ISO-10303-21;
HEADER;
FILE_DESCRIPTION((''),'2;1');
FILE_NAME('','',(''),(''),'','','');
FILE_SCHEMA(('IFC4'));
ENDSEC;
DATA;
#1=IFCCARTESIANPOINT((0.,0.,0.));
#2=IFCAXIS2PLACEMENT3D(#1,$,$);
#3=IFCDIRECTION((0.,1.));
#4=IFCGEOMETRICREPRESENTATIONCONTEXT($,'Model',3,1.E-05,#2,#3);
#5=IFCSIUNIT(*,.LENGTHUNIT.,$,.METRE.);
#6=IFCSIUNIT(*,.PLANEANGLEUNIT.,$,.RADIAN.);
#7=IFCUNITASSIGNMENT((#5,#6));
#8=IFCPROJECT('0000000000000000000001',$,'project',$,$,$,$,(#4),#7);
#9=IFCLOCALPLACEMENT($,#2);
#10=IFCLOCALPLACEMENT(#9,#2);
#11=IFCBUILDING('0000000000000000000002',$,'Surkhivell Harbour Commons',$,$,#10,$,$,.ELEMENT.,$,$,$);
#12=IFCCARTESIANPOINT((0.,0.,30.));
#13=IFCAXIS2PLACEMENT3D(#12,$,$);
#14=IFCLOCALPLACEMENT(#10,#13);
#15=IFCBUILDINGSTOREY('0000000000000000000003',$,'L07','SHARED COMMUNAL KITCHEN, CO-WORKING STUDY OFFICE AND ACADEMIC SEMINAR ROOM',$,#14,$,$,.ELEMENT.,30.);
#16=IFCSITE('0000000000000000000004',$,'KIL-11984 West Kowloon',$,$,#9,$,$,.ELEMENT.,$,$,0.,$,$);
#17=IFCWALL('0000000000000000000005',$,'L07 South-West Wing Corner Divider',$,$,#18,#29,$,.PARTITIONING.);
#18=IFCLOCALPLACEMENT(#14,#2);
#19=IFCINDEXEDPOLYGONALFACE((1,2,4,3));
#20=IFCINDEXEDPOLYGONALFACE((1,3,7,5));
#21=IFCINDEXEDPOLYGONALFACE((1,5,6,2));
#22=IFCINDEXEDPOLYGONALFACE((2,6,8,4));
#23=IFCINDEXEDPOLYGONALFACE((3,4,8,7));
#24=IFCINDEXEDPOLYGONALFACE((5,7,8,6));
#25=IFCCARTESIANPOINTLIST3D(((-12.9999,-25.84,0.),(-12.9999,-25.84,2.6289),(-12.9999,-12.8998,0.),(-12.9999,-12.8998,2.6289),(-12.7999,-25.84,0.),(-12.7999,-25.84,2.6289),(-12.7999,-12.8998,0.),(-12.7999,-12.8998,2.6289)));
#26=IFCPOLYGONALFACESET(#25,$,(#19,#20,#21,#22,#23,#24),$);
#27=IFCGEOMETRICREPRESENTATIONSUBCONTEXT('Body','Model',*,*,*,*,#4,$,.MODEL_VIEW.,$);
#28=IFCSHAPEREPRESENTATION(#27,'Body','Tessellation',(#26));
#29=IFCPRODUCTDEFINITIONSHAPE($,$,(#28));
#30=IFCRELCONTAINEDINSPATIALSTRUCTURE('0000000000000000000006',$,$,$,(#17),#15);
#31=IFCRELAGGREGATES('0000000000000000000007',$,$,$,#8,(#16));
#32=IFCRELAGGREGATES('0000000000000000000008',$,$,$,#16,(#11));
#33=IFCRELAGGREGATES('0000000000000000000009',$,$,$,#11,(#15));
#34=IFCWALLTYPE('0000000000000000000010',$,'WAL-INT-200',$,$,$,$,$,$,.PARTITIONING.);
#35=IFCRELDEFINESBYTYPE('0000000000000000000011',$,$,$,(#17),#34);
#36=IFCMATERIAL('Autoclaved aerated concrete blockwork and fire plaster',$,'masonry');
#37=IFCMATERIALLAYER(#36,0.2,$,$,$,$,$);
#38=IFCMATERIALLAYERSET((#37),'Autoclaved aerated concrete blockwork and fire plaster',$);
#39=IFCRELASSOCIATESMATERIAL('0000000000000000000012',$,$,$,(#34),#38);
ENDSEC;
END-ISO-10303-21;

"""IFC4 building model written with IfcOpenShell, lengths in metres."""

from ifc_helpers import new_model, si_unit, direction, frame, frame_2d, origin, place, context, subcontext, project, spatial, rectangle, extrude, material, layer, layer_set, type_object, element, save


model = new_model("IFC4")

# Units and contexts
model_context = context("Model", 3, precision=1e-05, world=origin(), true_north=direction((0.0, 1.0)))
body_context = subcontext(model_context, "Body", "Model", "MODEL_VIEW")
ifc_project = project(units=[si_unit("LENGTHUNIT", "METRE"), si_unit("PLANEANGLEUNIT", "RADIAN")], contexts=[model_context])

# Site, building, storey
site_placement = place(None, origin())
site = spatial("IfcSite", under=ifc_project, at=site_placement, Name="KIL-11984 West Kowloon", CompositionType="ELEMENT", RefElevation=0.0)
building_placement = place(site_placement, origin())
building = spatial("IfcBuilding", under=site, at=building_placement, Name="Surkhivell Harbour Commons", CompositionType="ELEMENT")
storey_placement = place(building_placement, frame((0.0, 0.0, 30.0)))
storey = spatial("IfcBuildingStorey", under=building, at=storey_placement, Name="L07", Description="SHARED COMMUNAL KITCHEN, CO-WORKING STUDY OFFICE AND ACADEMIC SEMINAR ROOM", CompositionType="ELEMENT", Elevation=30.0)

# Wall
ifc_material_1 = material(Name="Autoclaved aerated concrete blockwork and fire plaster", Category="masonry")
ifc_layer_1 = layer(ifc_material_1, 0.2)
ifc_layer_set_1 = layer_set([ifc_layer_1], Name="Autoclaved aerated concrete blockwork and fire plaster")
wall_type = type_object("IfcWallType", Name="WAL-INT-200", PredefinedType="PARTITIONING", material=ifc_layer_set_1)
wall_placement = place(storey_placement, frame((-12.8999, -25.8401, 0.0), z_axis=(0.0, 0.0, 1.0), x_axis=(0.0, 1.0, 0.0)))
element("IfcWall", 1, at=wall_placement, inside=storey, type_object=wall_type, Name="L07 South-West Wing Corner Divider", PredefinedType="PARTITIONING", context=body_context, shape_type="SweptSolid", body=[
    extrude(rectangle(XDim=12.9402, YDim=0.2, at=frame_2d((6.4702, 0.0))), origin(), (0.0, 0.0, 1.0), 2.6289),
])

save(model, "model.ifc")
